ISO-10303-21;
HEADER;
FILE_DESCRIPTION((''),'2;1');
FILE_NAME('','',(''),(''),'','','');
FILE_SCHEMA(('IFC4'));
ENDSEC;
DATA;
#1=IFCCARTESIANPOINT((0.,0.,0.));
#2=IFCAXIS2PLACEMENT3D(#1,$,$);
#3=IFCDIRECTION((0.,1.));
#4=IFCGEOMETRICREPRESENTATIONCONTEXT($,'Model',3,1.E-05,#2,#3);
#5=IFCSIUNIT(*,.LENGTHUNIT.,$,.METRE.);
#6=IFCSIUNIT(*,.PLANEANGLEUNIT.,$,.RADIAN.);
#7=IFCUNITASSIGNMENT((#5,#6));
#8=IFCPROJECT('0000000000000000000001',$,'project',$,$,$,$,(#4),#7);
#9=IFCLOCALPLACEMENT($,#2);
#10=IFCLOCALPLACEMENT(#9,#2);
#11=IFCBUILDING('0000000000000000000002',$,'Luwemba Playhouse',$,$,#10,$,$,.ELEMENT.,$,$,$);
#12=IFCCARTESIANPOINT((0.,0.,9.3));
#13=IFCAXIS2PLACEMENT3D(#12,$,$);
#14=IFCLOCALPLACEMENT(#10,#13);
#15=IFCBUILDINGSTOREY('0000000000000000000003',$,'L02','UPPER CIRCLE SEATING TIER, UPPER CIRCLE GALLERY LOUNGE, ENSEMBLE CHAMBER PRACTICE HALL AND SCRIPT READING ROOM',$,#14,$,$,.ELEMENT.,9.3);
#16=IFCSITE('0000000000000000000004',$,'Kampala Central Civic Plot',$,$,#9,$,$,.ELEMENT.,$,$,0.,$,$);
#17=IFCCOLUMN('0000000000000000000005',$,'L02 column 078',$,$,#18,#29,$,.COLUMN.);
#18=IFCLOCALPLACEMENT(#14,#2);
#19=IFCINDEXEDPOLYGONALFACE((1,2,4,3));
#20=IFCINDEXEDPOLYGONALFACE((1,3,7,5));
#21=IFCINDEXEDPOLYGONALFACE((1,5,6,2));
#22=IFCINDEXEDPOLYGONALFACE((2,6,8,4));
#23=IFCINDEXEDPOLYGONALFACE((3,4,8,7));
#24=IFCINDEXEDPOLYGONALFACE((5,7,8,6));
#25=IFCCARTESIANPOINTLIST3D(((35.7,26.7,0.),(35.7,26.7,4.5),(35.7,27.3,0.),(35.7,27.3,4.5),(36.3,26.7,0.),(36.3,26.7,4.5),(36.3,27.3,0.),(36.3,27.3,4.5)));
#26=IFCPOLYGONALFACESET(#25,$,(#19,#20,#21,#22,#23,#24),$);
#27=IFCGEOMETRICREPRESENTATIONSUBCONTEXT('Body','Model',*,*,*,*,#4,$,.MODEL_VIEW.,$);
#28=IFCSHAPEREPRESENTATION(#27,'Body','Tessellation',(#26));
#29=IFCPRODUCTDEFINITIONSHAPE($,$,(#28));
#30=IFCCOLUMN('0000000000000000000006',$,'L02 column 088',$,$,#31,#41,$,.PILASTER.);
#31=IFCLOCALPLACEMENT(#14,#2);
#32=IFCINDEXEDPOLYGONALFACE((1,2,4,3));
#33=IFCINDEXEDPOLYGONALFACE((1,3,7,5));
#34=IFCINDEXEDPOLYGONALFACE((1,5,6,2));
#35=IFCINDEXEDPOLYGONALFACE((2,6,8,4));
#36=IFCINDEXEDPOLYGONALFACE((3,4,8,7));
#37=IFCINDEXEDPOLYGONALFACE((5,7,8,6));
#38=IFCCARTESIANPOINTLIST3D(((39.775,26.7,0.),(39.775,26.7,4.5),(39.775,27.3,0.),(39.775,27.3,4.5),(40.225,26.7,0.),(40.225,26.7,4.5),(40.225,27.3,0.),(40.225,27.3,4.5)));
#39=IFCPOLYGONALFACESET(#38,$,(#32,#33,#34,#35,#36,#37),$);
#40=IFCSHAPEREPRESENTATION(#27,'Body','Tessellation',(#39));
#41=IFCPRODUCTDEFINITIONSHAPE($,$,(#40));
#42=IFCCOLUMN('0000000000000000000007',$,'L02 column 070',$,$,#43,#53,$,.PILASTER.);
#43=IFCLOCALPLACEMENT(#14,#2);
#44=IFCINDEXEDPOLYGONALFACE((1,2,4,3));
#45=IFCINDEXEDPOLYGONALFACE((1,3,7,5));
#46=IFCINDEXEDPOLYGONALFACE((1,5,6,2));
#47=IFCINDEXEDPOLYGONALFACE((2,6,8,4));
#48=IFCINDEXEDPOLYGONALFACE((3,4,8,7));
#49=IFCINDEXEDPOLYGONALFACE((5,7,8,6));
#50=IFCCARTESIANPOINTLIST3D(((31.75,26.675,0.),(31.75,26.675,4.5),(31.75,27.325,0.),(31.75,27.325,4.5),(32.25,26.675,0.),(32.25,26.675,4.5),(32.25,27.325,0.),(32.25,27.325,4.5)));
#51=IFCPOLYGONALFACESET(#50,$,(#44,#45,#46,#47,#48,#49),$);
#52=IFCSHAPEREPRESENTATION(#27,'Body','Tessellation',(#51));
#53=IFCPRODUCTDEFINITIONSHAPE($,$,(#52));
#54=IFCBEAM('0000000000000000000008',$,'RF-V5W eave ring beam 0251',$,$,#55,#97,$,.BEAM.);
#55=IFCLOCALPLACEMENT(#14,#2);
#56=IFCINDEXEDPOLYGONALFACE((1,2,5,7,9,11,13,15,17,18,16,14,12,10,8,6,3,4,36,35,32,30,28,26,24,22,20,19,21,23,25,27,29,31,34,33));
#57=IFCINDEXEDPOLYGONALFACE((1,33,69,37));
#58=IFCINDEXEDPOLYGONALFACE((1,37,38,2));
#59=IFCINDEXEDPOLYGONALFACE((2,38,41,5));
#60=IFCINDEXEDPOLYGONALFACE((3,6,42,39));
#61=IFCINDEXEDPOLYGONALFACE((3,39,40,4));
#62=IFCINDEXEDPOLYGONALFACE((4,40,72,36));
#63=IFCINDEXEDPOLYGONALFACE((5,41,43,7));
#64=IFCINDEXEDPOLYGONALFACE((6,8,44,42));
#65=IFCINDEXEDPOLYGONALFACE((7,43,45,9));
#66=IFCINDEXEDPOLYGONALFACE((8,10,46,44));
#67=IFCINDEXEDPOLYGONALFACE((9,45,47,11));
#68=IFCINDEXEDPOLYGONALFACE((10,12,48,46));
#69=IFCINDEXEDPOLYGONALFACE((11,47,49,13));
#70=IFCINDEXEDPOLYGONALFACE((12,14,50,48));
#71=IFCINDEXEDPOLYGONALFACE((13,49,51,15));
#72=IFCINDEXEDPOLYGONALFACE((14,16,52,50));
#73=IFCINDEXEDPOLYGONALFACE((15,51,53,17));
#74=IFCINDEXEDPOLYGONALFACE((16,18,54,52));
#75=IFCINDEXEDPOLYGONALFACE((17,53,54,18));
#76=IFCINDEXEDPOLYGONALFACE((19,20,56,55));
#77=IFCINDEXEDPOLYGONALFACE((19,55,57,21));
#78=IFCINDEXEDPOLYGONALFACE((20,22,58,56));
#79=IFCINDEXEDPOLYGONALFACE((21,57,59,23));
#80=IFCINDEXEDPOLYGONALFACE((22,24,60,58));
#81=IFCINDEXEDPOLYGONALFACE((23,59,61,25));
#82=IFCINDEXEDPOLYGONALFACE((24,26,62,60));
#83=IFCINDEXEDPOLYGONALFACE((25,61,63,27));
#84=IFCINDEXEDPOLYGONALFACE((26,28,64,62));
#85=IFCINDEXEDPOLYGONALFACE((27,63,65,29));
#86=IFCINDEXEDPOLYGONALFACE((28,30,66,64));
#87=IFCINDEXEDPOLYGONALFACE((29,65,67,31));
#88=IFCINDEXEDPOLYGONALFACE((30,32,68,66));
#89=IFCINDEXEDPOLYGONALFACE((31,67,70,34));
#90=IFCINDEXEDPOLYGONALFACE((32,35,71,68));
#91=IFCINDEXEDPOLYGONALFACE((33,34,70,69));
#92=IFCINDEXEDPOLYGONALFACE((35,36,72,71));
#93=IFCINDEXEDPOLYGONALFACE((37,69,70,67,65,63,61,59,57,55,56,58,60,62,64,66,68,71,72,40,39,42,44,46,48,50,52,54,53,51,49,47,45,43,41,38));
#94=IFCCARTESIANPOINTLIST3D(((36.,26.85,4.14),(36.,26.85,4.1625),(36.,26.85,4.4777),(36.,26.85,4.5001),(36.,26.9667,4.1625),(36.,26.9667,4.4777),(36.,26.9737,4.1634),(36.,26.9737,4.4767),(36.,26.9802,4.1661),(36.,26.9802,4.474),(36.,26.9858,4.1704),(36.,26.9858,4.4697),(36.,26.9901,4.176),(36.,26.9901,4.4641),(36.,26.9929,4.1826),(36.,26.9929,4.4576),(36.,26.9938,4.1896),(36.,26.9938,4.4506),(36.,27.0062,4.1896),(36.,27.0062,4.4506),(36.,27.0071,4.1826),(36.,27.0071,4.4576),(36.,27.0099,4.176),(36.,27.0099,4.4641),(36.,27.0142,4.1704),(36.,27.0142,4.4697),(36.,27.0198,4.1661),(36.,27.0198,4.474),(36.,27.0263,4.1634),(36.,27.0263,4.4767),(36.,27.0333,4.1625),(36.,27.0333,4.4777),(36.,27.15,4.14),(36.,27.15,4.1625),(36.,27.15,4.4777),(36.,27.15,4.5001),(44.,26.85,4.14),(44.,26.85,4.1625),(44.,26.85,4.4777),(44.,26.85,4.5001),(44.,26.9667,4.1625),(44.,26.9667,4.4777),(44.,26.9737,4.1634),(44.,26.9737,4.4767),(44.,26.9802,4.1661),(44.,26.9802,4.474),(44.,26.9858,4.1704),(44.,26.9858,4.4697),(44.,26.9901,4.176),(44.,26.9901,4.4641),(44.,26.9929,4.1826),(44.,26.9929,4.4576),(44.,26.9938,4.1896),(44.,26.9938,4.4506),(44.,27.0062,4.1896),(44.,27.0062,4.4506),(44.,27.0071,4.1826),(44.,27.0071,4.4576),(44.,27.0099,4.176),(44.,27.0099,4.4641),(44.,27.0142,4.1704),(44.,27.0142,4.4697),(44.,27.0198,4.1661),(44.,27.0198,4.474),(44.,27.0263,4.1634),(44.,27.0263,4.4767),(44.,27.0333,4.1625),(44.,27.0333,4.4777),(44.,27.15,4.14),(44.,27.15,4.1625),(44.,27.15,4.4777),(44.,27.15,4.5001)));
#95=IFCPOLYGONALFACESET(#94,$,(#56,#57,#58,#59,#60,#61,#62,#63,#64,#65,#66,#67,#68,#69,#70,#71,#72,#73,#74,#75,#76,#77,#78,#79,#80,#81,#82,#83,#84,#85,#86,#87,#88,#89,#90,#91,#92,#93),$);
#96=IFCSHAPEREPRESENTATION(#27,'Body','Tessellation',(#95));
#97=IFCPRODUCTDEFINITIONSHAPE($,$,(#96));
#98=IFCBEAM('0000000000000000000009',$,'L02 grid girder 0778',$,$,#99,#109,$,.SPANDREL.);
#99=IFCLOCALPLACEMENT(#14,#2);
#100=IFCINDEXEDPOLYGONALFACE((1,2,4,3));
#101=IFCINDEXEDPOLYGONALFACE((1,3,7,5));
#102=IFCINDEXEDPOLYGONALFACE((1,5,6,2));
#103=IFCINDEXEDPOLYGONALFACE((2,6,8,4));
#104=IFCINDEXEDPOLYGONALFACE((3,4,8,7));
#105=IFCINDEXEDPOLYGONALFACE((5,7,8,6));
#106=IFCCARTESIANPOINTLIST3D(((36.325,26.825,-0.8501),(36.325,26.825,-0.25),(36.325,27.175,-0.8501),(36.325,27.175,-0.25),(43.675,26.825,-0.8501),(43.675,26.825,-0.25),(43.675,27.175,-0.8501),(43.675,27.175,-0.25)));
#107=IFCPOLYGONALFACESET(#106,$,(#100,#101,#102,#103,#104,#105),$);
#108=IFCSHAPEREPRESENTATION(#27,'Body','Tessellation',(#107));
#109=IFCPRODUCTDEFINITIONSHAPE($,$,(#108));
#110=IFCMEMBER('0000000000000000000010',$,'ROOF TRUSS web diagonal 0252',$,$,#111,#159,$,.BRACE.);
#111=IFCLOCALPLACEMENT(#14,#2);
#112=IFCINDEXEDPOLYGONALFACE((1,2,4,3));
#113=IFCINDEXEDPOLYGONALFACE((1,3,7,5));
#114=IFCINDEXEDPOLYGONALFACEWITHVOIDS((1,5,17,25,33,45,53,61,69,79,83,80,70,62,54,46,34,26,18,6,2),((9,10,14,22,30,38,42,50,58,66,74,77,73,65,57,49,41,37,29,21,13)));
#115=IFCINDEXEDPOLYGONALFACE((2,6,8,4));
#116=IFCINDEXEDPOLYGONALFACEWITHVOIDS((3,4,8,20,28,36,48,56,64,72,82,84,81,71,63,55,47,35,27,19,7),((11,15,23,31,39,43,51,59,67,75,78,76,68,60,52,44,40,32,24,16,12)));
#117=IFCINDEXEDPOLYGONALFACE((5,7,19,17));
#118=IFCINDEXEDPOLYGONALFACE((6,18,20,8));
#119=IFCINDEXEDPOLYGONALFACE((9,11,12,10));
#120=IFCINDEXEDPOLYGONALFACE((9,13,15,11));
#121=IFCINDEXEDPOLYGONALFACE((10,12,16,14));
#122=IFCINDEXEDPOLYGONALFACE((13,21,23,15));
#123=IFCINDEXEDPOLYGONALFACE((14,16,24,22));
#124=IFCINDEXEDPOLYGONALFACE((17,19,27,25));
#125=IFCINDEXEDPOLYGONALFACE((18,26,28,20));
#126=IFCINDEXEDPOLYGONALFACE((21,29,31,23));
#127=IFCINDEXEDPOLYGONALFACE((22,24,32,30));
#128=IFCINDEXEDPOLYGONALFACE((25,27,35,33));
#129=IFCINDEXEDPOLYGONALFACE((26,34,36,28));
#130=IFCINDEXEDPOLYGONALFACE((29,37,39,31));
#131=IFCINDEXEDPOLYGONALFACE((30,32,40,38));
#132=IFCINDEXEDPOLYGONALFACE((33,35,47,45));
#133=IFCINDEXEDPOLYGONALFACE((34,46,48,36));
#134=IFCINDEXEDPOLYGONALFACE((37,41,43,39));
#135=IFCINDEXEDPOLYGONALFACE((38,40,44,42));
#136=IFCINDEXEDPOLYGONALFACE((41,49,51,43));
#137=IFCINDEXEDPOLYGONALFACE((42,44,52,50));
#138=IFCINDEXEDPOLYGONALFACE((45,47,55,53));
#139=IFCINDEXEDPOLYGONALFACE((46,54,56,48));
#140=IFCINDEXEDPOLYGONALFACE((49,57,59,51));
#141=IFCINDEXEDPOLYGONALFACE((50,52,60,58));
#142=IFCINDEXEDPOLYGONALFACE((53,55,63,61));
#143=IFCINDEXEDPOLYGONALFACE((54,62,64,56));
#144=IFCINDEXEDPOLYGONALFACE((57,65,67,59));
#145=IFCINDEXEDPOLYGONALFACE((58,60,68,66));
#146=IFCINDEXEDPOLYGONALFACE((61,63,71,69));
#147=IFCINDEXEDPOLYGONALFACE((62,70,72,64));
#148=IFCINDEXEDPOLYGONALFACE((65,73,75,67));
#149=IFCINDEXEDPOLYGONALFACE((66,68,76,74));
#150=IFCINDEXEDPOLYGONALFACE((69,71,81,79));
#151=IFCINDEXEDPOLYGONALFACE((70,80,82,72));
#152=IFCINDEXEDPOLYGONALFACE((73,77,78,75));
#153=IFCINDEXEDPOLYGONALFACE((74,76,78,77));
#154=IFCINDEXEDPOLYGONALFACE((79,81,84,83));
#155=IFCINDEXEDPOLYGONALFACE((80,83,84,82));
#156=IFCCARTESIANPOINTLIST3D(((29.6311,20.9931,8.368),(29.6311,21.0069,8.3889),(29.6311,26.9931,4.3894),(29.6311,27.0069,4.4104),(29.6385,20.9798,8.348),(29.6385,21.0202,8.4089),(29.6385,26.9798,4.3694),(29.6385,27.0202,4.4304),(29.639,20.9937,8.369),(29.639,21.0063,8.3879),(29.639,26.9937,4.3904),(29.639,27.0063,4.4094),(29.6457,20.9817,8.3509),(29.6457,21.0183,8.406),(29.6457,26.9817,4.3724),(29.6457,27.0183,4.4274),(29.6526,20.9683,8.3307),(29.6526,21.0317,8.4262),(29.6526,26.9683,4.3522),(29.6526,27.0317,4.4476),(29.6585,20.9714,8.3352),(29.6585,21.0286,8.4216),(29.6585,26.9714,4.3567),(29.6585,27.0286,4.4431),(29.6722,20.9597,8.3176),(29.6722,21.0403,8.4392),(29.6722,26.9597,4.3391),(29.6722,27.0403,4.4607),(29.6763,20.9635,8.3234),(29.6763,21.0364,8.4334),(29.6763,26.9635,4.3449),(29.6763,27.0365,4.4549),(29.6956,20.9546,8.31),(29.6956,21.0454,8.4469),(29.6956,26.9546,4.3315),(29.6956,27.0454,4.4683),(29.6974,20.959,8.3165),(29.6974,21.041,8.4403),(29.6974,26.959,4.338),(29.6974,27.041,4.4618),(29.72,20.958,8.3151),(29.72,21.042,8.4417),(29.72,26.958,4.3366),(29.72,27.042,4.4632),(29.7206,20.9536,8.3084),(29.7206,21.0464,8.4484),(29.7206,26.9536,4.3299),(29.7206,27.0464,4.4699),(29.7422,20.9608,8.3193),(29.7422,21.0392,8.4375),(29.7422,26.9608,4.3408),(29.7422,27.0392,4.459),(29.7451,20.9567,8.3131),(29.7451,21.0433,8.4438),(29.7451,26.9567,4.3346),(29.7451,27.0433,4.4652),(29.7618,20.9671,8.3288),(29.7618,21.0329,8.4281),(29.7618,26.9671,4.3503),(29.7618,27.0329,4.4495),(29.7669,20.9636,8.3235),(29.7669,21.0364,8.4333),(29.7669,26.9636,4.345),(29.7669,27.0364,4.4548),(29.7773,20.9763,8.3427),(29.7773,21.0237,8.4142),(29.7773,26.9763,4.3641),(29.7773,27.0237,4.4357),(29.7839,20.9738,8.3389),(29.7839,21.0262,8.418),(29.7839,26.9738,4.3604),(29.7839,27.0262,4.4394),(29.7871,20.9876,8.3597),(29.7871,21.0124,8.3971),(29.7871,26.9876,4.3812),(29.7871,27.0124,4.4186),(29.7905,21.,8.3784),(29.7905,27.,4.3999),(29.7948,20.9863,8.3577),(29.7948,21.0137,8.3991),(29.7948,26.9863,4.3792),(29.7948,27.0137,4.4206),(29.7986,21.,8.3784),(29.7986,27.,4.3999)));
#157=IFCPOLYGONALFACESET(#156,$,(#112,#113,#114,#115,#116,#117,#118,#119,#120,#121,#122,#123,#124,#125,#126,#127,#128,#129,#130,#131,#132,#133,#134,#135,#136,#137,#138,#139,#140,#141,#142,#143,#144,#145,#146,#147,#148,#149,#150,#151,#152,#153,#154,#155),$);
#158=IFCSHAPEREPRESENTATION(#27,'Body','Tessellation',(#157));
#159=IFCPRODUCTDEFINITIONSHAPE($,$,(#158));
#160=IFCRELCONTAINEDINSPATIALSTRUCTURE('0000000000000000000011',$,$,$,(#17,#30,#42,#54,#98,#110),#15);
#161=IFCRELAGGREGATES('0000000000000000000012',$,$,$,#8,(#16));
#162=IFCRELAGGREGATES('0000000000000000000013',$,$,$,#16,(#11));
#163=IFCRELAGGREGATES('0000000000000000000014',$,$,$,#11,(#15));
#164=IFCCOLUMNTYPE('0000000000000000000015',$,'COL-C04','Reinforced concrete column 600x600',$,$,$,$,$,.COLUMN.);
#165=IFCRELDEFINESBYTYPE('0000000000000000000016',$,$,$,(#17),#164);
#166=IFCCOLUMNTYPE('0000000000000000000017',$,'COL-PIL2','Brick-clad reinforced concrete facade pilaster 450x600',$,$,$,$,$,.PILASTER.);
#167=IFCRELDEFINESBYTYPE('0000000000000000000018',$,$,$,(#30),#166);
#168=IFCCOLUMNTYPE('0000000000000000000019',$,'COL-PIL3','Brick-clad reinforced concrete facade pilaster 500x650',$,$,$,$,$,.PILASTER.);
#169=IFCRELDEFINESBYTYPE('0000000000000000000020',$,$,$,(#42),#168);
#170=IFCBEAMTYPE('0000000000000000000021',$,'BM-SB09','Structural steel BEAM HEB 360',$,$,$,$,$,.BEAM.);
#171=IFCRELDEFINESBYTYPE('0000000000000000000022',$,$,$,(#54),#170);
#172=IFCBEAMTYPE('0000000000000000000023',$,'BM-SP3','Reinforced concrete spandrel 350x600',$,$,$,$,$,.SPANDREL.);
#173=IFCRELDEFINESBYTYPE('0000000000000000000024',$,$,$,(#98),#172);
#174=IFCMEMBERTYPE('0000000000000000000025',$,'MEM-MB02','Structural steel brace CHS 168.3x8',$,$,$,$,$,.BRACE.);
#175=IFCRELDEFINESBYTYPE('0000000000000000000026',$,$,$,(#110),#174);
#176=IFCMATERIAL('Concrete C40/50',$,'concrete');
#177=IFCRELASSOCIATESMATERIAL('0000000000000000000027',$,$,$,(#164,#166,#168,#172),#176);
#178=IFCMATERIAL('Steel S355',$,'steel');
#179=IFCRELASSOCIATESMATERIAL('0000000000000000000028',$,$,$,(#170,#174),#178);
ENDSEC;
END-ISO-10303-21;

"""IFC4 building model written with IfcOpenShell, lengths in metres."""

from ifc_helpers import new_model, si_unit, direction, frame, origin, origin_2d, place, context, subcontext, project, spatial, rectangle, hollow_circle, i_section, extrude, material, material_profile, profile_set, type_object, element, save


model = new_model("IFC4")

# Units and contexts
model_context = context("Model", 3, precision=1e-05, world=origin(), true_north=direction((0.0, 1.0)))
body_context = subcontext(model_context, "Body", "Model", "MODEL_VIEW")
ifc_project = project(units=[si_unit("LENGTHUNIT", "METRE"), si_unit("PLANEANGLEUNIT", "RADIAN")], contexts=[model_context])

# Site, building, storey
site_placement = place(None, origin())
site = spatial("IfcSite", under=ifc_project, at=site_placement, Name="Kampala Central Civic Plot", CompositionType="ELEMENT", RefElevation=0.0)
building_placement = place(site_placement, origin())
building = spatial("IfcBuilding", under=site, at=building_placement, Name="Luwemba Playhouse", CompositionType="ELEMENT")
storey_placement = place(building_placement, frame((0.0, 0.0, 9.3)))
storey = spatial("IfcBuildingStorey", under=building, at=storey_placement, Name="L02", Description="UPPER CIRCLE SEATING TIER, UPPER CIRCLE GALLERY LOUNGE, ENSEMBLE CHAMBER PRACTICE HALL AND SCRIPT READING ROOM", CompositionType="ELEMENT", Elevation=9.3)

# Columns
ifc_material_1 = material(Name="Concrete C40/50", Category="concrete")
ifc_material_profile_1 = material_profile(ifc_material_1, rectangle(XDim=0.6001, YDim=0.6001, at=origin_2d()))
ifc_profile_set_1 = profile_set([ifc_material_profile_1], Name="Concrete C40/50")
column_type_1 = type_object("IfcColumnType", Name="COL-C04", Description="Reinforced concrete column 600x600", PredefinedType="COLUMN", material=ifc_profile_set_1)
column_1_placement = place(storey_placement, frame((36.0, 27.0, 0.0), z_axis=(0.0, 0.0, 1.0), x_axis=(1.0, 0.0, 0.0)))
element("IfcColumn", 1, at=column_1_placement, inside=storey, type_object=column_type_1, Name="L02 column 078", PredefinedType="COLUMN", context=body_context, shape_type="SweptSolid", body=[
    extrude(rectangle(XDim=0.6001, YDim=0.6001, at=origin_2d()), origin(), (0.0, 0.0, 1.0), 4.5),
])
ifc_material_profile_2 = material_profile(ifc_material_1, rectangle(XDim=0.45, YDim=0.6001, at=origin_2d()))
ifc_profile_set_2 = profile_set([ifc_material_profile_2], Name="Concrete C40/50")
column_type_2 = type_object("IfcColumnType", Name="COL-PIL2", Description="Brick-clad reinforced concrete facade pilaster 450x600", PredefinedType="PILASTER", material=ifc_profile_set_2)
column_2_placement = place(storey_placement, frame((40.0, 27.0, 0.0), z_axis=(0.0, 0.0, 1.0), x_axis=(1.0, 0.0, 0.0)))
element("IfcColumn", 2, at=column_2_placement, inside=storey, type_object=column_type_2, Name="L02 column 088", PredefinedType="PILASTER", context=body_context, shape_type="SweptSolid", body=[
    extrude(rectangle(XDim=0.45, YDim=0.6001, at=origin_2d()), origin(), (0.0, 0.0, 1.0), 4.5),
])
ifc_material_profile_3 = material_profile(ifc_material_1, rectangle(XDim=0.5, YDim=0.6499, at=origin_2d()))
ifc_profile_set_3 = profile_set([ifc_material_profile_3], Name="Concrete C40/50")
column_type_3 = type_object("IfcColumnType", Name="COL-PIL3", Description="Brick-clad reinforced concrete facade pilaster 500x650", PredefinedType="PILASTER", material=ifc_profile_set_3)
column_3_placement = place(storey_placement, frame((32.0, 27.0, 0.0), z_axis=(0.0, 0.0, 1.0), x_axis=(1.0, 0.0, 0.0)))
element("IfcColumn", 3, at=column_3_placement, inside=storey, type_object=column_type_3, Name="L02 column 070", PredefinedType="PILASTER", context=body_context, shape_type="SweptSolid", body=[
    extrude(rectangle(XDim=0.5, YDim=0.6499, at=origin_2d()), origin(), (0.0, 0.0, 1.0), 4.5),
])

# Beams
ifc_material_2 = material(Name="Steel S355", Category="steel")
ifc_material_profile_4 = material_profile(ifc_material_2, i_section(OverallWidth=0.3, OverallDepth=0.3601, WebThickness=0.0125, FlangeThickness=0.0225, FilletRadius=0.0271, at=origin_2d()))
ifc_profile_set_4 = profile_set([ifc_material_profile_4], Name="Steel S355")
beam_type_1 = type_object("IfcBeamType", Name="BM-SB09", Description="Structural steel BEAM HEB 360", PredefinedType="BEAM", material=ifc_profile_set_4)
beam_1_placement = place(storey_placement, frame((36.0, 27.0, 4.3201), z_axis=(1.0, 0.0, 0.0), x_axis=(0.0, 1.0, 0.0)))
element("IfcBeam", 4, at=beam_1_placement, inside=storey, type_object=beam_type_1, Name="RF-V5W eave ring beam 0251", PredefinedType="BEAM", context=body_context, shape_type="SweptSolid", body=[
    extrude(i_section(OverallWidth=0.3, OverallDepth=0.3601, WebThickness=0.0125, FlangeThickness=0.0225, FilletRadius=0.0271, at=origin_2d()), origin(), (0.0, 0.0, 1.0), 8.0),
])
ifc_material_profile_5 = material_profile(ifc_material_1, rectangle(XDim=0.3501, YDim=0.6001, at=origin_2d()))
ifc_profile_set_5 = profile_set([ifc_material_profile_5], Name="Concrete C40/50")
beam_type_2 = type_object("IfcBeamType", Name="BM-SP3", Description="Reinforced concrete spandrel 350x600", PredefinedType="SPANDREL", material=ifc_profile_set_5)
beam_2_placement = place(storey_placement, frame((36.325, 27.0, -0.55), z_axis=(1.0, 0.0, 0.0), x_axis=(0.0, 1.0, 0.0)))
element("IfcBeam", 5, at=beam_2_placement, inside=storey, type_object=beam_type_2, Name="L02 grid girder 0778", PredefinedType="SPANDREL", context=body_context, shape_type="SweptSolid", body=[
    extrude(rectangle(XDim=0.3501, YDim=0.6001, at=origin_2d()), origin(), (0.0, 0.0, 1.0), 7.3501),
])

# Member
ifc_material_profile_6 = material_profile(ifc_material_2, hollow_circle(Radius=0.0842, WallThickness=0.0081, at=origin_2d()))
ifc_profile_set_6 = profile_set([ifc_material_profile_6], Name="Steel S355")
member_type_1 = type_object("IfcMemberType", Name="MEM-MB02", Description="Structural steel brace CHS 168.3x8", PredefinedType="BRACE", material=ifc_profile_set_6)
member_1_placement = place(storey_placement, frame((29.7144, 27.0, 4.3999), z_axis=(0.0, -0.833425, 0.552632), x_axis=(1.0, 0.0, 0.0)))
element("IfcMember", 6, at=member_1_placement, inside=storey, type_object=member_type_1, Name="ROOF TRUSS web diagonal 0252", PredefinedType="BRACE", context=body_context, shape_type="SweptSolid", body=[
    extrude(hollow_circle(Radius=0.0842, WallThickness=0.0081, at=origin_2d()), origin(), (0.0, 0.0, 1.0), 7.1992),
])

save(model, "model.ifc")
